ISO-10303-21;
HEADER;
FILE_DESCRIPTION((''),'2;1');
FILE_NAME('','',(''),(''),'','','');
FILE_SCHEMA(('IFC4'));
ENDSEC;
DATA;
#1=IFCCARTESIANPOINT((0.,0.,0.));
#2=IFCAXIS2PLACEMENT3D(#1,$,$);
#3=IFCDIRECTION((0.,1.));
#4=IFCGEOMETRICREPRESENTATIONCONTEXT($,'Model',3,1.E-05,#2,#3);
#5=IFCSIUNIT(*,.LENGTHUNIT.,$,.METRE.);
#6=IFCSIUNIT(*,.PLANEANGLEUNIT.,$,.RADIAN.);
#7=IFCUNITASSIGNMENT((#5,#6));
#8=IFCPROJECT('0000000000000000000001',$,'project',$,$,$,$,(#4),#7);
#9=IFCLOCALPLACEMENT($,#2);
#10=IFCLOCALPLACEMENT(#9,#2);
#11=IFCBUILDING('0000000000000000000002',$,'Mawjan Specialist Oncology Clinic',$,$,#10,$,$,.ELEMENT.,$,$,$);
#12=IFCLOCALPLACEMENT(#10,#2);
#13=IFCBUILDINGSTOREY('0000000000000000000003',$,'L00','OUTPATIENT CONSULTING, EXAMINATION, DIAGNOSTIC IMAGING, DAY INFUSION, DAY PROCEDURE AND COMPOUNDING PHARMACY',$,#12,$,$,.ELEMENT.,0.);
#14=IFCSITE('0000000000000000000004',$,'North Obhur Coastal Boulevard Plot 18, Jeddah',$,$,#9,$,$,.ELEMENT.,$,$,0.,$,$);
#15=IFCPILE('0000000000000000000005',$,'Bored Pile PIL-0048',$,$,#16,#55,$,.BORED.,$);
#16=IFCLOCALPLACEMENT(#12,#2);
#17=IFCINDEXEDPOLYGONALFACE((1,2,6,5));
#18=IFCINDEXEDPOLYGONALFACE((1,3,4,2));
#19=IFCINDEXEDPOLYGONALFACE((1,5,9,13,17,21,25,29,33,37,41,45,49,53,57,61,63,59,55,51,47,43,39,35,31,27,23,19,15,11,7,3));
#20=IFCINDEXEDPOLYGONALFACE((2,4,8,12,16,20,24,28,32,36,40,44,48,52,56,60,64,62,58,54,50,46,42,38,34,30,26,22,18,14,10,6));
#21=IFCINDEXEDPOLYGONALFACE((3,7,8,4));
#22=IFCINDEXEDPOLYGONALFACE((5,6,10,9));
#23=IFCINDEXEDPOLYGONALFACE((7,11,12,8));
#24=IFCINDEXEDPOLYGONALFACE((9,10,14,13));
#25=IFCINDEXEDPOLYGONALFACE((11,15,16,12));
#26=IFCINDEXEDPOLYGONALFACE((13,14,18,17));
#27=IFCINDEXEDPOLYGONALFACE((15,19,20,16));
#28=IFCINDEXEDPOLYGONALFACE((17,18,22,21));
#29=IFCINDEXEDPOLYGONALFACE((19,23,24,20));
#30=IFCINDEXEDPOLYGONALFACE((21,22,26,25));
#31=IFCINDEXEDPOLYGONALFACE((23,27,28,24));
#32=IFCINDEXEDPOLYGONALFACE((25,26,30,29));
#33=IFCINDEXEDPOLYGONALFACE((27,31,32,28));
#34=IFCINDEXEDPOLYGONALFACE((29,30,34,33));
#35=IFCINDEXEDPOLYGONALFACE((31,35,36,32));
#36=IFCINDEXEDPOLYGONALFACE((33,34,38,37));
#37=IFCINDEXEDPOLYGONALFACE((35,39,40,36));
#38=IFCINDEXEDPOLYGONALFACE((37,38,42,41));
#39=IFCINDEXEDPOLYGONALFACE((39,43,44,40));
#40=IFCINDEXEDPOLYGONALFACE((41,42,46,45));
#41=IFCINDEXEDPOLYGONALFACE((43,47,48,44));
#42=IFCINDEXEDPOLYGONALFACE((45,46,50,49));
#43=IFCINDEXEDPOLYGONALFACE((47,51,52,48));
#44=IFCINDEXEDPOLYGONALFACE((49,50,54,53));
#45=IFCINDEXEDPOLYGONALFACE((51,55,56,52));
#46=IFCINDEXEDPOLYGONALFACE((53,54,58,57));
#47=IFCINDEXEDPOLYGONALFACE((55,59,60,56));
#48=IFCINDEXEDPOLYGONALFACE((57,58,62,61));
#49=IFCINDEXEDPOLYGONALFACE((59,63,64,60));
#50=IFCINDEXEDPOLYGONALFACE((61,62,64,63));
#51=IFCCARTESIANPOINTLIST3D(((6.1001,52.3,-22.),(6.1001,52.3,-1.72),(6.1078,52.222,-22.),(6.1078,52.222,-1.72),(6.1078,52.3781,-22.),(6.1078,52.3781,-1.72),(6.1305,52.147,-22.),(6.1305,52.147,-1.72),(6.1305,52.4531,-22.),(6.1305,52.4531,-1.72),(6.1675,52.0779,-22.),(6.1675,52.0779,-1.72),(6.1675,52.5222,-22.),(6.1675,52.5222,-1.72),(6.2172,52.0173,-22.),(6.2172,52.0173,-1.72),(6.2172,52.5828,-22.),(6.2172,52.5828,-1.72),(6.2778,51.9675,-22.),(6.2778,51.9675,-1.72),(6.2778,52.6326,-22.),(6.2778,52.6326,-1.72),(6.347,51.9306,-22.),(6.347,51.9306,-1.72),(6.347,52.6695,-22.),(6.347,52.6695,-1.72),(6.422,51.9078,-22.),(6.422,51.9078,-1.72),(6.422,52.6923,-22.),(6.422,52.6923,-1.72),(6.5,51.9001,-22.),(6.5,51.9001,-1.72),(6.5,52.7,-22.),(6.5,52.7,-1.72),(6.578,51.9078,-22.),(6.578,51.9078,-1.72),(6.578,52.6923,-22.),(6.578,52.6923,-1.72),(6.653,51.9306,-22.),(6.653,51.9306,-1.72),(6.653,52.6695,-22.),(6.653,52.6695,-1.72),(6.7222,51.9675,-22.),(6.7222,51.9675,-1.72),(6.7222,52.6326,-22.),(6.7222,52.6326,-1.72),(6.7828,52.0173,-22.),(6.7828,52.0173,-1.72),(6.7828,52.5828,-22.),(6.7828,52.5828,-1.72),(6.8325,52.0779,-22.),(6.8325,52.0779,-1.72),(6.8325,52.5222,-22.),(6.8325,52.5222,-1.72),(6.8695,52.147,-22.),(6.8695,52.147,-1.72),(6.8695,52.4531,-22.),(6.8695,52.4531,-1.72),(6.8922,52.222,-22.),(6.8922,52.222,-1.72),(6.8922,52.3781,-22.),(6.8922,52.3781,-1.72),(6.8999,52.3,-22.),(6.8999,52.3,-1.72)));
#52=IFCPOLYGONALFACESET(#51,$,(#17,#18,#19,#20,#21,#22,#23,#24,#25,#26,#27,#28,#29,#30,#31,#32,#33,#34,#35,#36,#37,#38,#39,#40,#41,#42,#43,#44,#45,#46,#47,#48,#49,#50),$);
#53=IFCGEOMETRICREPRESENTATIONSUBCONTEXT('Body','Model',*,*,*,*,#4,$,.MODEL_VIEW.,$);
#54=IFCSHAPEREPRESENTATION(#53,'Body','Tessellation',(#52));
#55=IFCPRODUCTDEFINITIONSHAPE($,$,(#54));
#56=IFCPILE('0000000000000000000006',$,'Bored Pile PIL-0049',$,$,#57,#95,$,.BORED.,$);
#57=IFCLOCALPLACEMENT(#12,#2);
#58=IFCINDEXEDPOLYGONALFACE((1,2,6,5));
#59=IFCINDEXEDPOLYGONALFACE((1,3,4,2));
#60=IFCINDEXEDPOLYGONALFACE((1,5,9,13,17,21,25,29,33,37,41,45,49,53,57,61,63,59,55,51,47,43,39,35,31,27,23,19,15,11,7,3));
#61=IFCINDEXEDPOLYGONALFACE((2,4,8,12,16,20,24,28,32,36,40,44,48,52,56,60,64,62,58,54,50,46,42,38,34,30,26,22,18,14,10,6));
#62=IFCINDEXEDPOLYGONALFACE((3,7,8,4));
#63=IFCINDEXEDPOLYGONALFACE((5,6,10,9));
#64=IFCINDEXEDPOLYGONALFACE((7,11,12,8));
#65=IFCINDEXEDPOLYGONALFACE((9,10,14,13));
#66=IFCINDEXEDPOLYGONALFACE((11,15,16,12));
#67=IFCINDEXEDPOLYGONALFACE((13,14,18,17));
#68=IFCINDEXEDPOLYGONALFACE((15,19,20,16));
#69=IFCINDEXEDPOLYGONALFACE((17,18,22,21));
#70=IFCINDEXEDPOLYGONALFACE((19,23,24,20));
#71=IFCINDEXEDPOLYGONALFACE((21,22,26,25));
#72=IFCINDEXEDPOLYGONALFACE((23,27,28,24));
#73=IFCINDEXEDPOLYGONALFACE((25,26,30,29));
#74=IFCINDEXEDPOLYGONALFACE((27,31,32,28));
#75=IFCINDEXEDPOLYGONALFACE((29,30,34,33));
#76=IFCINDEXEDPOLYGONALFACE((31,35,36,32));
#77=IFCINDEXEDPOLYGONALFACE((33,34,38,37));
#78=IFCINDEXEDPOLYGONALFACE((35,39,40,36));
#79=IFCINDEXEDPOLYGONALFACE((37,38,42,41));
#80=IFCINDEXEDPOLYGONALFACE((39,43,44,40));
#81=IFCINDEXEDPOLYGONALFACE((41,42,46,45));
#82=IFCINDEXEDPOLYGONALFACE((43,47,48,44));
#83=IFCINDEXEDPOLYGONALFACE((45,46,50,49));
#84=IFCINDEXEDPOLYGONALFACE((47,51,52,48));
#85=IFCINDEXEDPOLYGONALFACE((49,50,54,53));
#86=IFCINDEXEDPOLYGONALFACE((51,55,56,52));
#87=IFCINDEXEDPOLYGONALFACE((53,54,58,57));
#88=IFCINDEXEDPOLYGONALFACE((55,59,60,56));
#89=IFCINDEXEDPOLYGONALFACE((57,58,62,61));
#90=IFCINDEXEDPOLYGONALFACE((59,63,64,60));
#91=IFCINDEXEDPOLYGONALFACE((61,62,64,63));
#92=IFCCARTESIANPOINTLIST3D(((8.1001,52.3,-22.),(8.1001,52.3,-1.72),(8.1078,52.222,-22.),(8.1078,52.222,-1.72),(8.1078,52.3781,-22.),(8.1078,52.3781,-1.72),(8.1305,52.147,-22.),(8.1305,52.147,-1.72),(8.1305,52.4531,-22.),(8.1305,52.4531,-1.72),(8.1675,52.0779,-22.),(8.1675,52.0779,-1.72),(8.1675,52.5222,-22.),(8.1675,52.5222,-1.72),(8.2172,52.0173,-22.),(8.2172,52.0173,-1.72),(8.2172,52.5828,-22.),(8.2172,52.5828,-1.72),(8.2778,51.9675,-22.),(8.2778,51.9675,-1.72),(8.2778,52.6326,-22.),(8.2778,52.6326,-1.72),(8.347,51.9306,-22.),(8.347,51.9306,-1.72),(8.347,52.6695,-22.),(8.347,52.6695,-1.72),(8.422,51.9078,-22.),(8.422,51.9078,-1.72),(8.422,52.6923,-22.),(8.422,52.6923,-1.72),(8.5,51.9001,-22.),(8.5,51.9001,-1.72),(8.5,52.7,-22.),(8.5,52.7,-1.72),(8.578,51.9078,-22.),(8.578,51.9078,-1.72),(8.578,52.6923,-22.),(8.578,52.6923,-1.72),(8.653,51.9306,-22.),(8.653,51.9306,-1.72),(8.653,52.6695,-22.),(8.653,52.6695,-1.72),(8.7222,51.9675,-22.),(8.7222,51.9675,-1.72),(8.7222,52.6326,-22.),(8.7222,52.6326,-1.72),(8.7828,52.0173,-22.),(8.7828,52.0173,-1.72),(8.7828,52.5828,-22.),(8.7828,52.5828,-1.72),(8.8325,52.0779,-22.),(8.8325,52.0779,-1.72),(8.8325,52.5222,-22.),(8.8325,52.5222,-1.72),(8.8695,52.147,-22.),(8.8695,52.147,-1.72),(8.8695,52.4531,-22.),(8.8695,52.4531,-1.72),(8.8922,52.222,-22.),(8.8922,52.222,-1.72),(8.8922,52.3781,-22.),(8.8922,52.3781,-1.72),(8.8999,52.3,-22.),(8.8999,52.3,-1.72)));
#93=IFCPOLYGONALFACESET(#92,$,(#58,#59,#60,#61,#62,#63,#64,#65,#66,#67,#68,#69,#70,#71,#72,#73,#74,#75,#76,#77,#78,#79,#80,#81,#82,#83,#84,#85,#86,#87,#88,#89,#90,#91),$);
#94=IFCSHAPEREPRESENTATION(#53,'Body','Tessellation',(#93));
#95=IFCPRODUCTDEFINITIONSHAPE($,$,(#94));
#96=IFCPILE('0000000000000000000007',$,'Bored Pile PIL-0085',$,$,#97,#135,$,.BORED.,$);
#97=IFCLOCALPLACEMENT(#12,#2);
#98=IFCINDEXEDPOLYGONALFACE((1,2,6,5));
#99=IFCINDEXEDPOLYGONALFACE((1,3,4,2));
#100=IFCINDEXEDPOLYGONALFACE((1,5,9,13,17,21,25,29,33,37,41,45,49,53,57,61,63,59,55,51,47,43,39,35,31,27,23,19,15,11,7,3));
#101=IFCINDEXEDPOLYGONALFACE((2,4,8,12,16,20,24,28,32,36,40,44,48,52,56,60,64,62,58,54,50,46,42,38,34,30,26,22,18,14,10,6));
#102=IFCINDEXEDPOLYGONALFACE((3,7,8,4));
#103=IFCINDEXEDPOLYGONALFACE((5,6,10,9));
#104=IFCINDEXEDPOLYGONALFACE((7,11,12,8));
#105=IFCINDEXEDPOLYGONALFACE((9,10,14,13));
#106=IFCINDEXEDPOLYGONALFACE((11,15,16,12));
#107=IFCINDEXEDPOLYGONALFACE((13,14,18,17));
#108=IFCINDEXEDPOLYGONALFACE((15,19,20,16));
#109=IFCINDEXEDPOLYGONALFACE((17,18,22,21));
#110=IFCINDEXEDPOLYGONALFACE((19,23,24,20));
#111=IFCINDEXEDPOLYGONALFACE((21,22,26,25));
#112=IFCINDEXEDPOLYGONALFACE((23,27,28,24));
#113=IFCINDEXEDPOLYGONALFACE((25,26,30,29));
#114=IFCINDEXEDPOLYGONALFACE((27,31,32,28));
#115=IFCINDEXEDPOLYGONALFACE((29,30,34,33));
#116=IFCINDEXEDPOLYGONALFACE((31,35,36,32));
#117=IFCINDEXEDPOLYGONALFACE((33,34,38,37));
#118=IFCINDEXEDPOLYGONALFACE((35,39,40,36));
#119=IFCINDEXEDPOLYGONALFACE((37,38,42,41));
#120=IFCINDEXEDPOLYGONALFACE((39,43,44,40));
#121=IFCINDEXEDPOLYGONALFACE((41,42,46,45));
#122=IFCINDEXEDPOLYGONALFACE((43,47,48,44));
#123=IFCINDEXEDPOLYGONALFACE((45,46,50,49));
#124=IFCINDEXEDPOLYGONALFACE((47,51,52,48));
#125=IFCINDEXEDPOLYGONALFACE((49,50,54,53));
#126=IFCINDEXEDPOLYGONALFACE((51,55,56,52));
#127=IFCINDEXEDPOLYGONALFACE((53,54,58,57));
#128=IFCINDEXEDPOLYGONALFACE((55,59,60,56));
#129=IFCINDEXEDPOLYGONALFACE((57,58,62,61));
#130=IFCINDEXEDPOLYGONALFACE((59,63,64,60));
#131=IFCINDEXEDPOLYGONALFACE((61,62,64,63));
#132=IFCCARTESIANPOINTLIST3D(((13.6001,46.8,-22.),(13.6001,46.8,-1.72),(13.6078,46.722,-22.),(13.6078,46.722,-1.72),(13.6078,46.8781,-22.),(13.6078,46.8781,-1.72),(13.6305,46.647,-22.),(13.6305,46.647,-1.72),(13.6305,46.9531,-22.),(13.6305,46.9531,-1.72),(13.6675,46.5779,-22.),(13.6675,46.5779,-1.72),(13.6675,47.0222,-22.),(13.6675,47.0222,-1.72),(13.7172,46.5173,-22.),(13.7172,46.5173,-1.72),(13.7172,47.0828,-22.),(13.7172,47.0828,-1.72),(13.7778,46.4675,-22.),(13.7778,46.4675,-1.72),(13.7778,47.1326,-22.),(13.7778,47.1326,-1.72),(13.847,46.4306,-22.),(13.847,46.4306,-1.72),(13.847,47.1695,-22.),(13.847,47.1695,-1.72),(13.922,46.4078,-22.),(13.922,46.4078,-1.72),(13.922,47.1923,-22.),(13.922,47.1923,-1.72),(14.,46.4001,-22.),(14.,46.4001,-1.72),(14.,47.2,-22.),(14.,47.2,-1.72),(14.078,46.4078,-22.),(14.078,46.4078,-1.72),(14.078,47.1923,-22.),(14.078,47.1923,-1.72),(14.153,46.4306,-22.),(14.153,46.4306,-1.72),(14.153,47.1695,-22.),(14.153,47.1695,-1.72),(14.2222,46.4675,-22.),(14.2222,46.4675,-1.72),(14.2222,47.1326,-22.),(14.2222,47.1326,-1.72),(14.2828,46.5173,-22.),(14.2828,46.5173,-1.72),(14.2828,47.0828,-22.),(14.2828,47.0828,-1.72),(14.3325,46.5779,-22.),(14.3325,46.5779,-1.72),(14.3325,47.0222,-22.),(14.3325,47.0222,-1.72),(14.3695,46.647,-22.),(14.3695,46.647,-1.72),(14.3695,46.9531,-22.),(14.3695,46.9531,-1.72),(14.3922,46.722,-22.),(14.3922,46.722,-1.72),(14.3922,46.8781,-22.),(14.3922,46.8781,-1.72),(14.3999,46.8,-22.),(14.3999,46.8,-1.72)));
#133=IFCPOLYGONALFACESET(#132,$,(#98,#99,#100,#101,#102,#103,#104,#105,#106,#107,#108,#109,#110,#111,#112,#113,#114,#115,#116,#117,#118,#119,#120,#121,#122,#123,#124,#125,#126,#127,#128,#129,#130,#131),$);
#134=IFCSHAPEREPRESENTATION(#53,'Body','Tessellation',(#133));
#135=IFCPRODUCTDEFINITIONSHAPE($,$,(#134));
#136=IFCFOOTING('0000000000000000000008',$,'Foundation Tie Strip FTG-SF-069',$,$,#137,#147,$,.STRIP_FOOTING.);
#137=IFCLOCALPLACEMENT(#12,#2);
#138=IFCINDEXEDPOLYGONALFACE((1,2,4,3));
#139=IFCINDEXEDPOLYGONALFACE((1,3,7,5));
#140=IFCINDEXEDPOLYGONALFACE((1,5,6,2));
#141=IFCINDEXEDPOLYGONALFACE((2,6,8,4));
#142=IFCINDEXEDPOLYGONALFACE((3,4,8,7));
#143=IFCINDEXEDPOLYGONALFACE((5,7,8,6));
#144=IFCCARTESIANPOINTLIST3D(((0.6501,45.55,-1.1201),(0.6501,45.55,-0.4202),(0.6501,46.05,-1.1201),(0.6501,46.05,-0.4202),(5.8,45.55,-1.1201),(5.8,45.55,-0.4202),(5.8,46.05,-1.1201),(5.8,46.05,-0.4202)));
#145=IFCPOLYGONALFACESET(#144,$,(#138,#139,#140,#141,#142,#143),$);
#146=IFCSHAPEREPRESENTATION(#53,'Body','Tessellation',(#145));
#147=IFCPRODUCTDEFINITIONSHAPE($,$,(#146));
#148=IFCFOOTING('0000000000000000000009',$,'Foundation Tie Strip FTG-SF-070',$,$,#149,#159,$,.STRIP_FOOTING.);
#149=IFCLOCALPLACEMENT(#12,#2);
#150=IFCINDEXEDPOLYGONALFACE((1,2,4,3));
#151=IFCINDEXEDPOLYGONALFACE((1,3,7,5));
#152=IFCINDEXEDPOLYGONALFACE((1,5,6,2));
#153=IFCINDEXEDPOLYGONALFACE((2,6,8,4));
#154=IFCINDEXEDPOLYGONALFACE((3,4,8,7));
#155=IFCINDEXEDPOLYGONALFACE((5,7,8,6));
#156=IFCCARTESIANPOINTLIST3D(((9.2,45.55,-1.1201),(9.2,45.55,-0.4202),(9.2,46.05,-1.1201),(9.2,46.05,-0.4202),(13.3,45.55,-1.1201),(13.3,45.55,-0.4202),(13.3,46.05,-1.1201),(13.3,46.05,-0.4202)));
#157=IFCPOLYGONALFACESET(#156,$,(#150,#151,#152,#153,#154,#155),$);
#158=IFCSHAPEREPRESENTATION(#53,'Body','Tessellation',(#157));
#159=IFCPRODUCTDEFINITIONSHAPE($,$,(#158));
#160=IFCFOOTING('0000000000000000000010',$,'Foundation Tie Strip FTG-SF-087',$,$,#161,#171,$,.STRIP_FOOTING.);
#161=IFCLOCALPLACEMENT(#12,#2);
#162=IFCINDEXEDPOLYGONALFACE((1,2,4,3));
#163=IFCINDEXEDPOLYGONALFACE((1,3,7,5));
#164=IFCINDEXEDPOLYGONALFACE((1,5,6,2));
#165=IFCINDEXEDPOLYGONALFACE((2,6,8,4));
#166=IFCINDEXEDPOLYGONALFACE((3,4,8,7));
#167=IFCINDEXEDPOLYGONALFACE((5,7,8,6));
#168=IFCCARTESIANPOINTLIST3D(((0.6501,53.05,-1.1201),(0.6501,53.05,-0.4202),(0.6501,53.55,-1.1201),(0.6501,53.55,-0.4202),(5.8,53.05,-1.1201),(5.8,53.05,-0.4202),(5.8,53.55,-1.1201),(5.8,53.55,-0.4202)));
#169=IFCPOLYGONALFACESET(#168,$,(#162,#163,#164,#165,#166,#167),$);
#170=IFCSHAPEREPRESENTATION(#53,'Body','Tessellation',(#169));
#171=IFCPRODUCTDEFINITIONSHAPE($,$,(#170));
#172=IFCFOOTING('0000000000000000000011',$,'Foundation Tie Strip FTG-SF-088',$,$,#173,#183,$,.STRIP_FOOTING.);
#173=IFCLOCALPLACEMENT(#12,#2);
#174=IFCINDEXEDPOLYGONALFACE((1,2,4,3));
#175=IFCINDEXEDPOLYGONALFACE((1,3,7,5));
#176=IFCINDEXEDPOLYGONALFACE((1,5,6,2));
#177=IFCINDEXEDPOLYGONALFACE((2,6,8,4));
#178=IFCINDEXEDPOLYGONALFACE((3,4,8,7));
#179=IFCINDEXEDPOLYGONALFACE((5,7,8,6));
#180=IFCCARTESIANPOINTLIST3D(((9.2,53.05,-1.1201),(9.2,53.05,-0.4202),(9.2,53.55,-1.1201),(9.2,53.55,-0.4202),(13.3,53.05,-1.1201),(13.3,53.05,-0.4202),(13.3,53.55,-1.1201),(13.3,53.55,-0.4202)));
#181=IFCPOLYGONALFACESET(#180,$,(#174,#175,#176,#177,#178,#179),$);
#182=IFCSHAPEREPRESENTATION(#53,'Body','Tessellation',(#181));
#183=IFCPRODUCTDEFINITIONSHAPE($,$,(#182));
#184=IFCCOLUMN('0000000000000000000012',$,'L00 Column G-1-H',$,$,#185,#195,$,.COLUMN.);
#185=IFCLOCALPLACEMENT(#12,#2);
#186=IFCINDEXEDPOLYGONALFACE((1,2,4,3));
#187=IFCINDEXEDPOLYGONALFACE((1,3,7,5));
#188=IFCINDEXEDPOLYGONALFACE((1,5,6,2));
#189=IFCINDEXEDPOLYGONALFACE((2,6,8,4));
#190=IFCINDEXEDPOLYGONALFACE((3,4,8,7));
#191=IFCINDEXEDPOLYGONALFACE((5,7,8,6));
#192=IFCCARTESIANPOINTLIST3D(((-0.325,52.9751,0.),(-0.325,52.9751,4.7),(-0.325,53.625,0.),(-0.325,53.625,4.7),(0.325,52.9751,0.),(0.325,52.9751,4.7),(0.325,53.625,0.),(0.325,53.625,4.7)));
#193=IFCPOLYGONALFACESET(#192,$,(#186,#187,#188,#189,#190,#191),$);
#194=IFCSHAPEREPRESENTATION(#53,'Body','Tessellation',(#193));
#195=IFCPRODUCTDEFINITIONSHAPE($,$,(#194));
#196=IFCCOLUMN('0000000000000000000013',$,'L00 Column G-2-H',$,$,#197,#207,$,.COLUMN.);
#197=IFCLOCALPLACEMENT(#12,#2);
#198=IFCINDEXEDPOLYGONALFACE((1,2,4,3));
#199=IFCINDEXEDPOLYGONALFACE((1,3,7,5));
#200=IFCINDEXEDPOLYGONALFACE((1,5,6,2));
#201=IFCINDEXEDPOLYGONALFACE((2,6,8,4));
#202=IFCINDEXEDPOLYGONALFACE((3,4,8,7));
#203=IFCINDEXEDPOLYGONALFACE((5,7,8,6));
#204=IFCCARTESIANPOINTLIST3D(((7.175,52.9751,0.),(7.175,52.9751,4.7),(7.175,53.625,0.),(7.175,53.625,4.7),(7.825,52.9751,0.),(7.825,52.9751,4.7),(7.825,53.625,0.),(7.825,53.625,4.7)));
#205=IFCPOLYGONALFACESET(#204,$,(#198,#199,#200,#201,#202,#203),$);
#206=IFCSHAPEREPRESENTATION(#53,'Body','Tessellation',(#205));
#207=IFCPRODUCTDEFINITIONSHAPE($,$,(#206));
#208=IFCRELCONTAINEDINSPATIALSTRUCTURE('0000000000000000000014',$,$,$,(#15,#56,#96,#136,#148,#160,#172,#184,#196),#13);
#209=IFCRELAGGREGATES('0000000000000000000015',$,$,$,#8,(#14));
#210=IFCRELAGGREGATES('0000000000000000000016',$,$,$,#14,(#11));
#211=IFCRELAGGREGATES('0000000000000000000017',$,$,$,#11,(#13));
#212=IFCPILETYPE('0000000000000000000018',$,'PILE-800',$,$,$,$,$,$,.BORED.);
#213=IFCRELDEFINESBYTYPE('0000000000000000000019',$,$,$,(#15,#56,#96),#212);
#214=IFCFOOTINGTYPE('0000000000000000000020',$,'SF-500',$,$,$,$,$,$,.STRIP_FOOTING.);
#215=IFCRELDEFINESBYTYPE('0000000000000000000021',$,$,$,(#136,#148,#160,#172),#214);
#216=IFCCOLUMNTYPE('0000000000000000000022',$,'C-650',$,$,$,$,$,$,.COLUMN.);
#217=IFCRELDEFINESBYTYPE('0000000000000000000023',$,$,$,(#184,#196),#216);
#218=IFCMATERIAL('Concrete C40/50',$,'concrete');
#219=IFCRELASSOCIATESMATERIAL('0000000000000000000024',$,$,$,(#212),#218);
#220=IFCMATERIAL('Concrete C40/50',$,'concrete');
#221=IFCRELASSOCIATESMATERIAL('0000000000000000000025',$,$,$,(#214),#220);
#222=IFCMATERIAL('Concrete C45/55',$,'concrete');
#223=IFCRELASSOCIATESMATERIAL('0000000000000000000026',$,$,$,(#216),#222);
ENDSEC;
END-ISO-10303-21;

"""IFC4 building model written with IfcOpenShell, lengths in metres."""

from ifc_helpers import new_model, si_unit, direction, frame, origin, origin_2d, place, context, subcontext, project, spatial, rectangle, circle, extrude, material, material_profile, profile_set, type_object, element, save


model = new_model("IFC4")

# Units and contexts
model_context = context("Model", 3, precision=1e-05, world=origin(), true_north=direction((0.0, 1.0)))
body_context = subcontext(model_context, "Body", "Model", "MODEL_VIEW")
ifc_project = project(units=[si_unit("LENGTHUNIT", "METRE"), si_unit("PLANEANGLEUNIT", "RADIAN")], contexts=[model_context])

# Site, building, storey
site_placement = place(None, origin())
site = spatial("IfcSite", under=ifc_project, at=site_placement, Name="North Obhur Coastal Boulevard Plot 18, Jeddah", CompositionType="ELEMENT", RefElevation=0.0)
building_placement = place(site_placement, origin())
building = spatial("IfcBuilding", under=site, at=building_placement, Name="Mawjan Specialist Oncology Clinic", CompositionType="ELEMENT")
storey_placement = place(building_placement, origin())
storey = spatial("IfcBuildingStorey", under=building, at=storey_placement, Name="L00", Description="OUTPATIENT CONSULTING, EXAMINATION, DIAGNOSTIC IMAGING, DAY INFUSION, DAY PROCEDURE AND COMPOUNDING PHARMACY", CompositionType="ELEMENT", Elevation=0.0)

# Piles
ifc_material_1 = material(Name="Concrete C40/50", Category="concrete")
ifc_material_profile_1 = material_profile(ifc_material_1, circle(Radius=0.3999, at=origin_2d()), Name="BORED PILE D800", Category="concrete")
ifc_profile_set_1 = profile_set([ifc_material_profile_1], Name="Concrete C40/50")
pile_type_1 = type_object("IfcPileType", Name="PILE-800", PredefinedType="BORED", material=ifc_profile_set_1)
for number, where, z_axis, x_axis, name in (
    (1, (6.5, 52.3, -1.72), (0.0, 0.0, -1.0), (1.0, 0.0, 0.0), "Bored Pile PIL-0048"),
    (2, (8.5, 52.3, -1.72), (0.0, 0.0, -1.0), (1.0, 0.0, 0.0), "Bored Pile PIL-0049"),
    (3, (14.0, 46.8, -1.72), (0.0, 0.0, -1.0), (1.0, 0.0, 0.0), "Bored Pile PIL-0085"),
):
    element("IfcPile", number, at=place(storey_placement, frame(where, z_axis=z_axis, x_axis=x_axis)), inside=storey, type_object=pile_type_1, Name=name, PredefinedType="BORED", context=body_context, shape_type="SweptSolid", body=[
        extrude(circle(Radius=0.3999, at=origin_2d()), origin(), (0.0, 0.0, 1.0), 20.28),
    ])

# Footings
ifc_material_2 = material(Name="Concrete C40/50", Category="concrete")
footing_type_1 = type_object("IfcFootingType", Name="SF-500", PredefinedType="STRIP_FOOTING", material=ifc_material_2)
footing_1_placement = place(storey_placement, frame((3.2251, 45.8, -1.1201), z_axis=(0.0, 0.0, 1.0), x_axis=(1.0, 0.0, 0.0)))
element("IfcFooting", 4, at=footing_1_placement, inside=storey, type_object=footing_type_1, Name="Foundation Tie Strip FTG-SF-069", PredefinedType="STRIP_FOOTING", context=body_context, shape_type="SweptSolid", body=[
    extrude(rectangle(XDim=5.1499, YDim=0.5, at=origin_2d()), origin(), (0.0, 0.0, 1.0), 0.7),
])
footing_2_placement = place(storey_placement, frame((11.25, 45.8, -1.1201), z_axis=(0.0, 0.0, 1.0), x_axis=(1.0, 0.0, 0.0)))
element("IfcFooting", 5, at=footing_2_placement, inside=storey, type_object=footing_type_1, Name="Foundation Tie Strip FTG-SF-070", PredefinedType="STRIP_FOOTING", context=body_context, shape_type="SweptSolid", body=[
    extrude(rectangle(XDim=4.1001, YDim=0.5, at=origin_2d()), origin(), (0.0, 0.0, 1.0), 0.7),
])
footing_3_placement = place(storey_placement, frame((3.2251, 53.3, -1.1201), z_axis=(0.0, 0.0, 1.0), x_axis=(1.0, 0.0, 0.0)))
element("IfcFooting", 6, at=footing_3_placement, inside=storey, type_object=footing_type_1, Name="Foundation Tie Strip FTG-SF-087", PredefinedType="STRIP_FOOTING", context=body_context, shape_type="SweptSolid", body=[
    extrude(rectangle(XDim=5.1499, YDim=0.5, at=origin_2d()), origin(), (0.0, 0.0, 1.0), 0.7),
])
footing_4_placement = place(storey_placement, frame((11.25, 53.3, -1.1201), z_axis=(0.0, 0.0, 1.0), x_axis=(1.0, 0.0, 0.0)))
element("IfcFooting", 7, at=footing_4_placement, inside=storey, type_object=footing_type_1, Name="Foundation Tie Strip FTG-SF-088", PredefinedType="STRIP_FOOTING", context=body_context, shape_type="SweptSolid", body=[
    extrude(rectangle(XDim=4.1001, YDim=0.5, at=origin_2d()), origin(), (0.0, 0.0, 1.0), 0.7),
])

# Columns
ifc_material_3 = material(Name="Concrete C45/55", Category="concrete")
ifc_material_profile_2 = material_profile(ifc_material_3, rectangle(XDim=0.6499, YDim=0.6499, at=origin_2d()), Name="RC COL 650x650", Category="concrete")
ifc_profile_set_2 = profile_set([ifc_material_profile_2], Name="Concrete C45/55")
column_type_1 = type_object("IfcColumnType", Name="C-650", PredefinedType="COLUMN", material=ifc_profile_set_2)
for number, where, z_axis, x_axis, name in (
    (8, (0.0, 53.3, 0.0), (0.0, 0.0, 1.0), (1.0, 0.0, 0.0), "L00 Column G-1-H"),
    (9, (7.5, 53.3, 0.0), (0.0, 0.0, 1.0), (1.0, 0.0, 0.0), "L00 Column G-2-H"),
):
    element("IfcColumn", number, at=place(storey_placement, frame(where, z_axis=z_axis, x_axis=x_axis)), inside=storey, type_object=column_type_1, Name=name, PredefinedType="COLUMN", context=body_context, shape_type="SweptSolid", body=[
        extrude(rectangle(XDim=0.6499, YDim=0.6499, at=origin_2d()), origin(), (0.0, 0.0, 1.0), 4.7),
    ])

save(model, "model.ifc")
